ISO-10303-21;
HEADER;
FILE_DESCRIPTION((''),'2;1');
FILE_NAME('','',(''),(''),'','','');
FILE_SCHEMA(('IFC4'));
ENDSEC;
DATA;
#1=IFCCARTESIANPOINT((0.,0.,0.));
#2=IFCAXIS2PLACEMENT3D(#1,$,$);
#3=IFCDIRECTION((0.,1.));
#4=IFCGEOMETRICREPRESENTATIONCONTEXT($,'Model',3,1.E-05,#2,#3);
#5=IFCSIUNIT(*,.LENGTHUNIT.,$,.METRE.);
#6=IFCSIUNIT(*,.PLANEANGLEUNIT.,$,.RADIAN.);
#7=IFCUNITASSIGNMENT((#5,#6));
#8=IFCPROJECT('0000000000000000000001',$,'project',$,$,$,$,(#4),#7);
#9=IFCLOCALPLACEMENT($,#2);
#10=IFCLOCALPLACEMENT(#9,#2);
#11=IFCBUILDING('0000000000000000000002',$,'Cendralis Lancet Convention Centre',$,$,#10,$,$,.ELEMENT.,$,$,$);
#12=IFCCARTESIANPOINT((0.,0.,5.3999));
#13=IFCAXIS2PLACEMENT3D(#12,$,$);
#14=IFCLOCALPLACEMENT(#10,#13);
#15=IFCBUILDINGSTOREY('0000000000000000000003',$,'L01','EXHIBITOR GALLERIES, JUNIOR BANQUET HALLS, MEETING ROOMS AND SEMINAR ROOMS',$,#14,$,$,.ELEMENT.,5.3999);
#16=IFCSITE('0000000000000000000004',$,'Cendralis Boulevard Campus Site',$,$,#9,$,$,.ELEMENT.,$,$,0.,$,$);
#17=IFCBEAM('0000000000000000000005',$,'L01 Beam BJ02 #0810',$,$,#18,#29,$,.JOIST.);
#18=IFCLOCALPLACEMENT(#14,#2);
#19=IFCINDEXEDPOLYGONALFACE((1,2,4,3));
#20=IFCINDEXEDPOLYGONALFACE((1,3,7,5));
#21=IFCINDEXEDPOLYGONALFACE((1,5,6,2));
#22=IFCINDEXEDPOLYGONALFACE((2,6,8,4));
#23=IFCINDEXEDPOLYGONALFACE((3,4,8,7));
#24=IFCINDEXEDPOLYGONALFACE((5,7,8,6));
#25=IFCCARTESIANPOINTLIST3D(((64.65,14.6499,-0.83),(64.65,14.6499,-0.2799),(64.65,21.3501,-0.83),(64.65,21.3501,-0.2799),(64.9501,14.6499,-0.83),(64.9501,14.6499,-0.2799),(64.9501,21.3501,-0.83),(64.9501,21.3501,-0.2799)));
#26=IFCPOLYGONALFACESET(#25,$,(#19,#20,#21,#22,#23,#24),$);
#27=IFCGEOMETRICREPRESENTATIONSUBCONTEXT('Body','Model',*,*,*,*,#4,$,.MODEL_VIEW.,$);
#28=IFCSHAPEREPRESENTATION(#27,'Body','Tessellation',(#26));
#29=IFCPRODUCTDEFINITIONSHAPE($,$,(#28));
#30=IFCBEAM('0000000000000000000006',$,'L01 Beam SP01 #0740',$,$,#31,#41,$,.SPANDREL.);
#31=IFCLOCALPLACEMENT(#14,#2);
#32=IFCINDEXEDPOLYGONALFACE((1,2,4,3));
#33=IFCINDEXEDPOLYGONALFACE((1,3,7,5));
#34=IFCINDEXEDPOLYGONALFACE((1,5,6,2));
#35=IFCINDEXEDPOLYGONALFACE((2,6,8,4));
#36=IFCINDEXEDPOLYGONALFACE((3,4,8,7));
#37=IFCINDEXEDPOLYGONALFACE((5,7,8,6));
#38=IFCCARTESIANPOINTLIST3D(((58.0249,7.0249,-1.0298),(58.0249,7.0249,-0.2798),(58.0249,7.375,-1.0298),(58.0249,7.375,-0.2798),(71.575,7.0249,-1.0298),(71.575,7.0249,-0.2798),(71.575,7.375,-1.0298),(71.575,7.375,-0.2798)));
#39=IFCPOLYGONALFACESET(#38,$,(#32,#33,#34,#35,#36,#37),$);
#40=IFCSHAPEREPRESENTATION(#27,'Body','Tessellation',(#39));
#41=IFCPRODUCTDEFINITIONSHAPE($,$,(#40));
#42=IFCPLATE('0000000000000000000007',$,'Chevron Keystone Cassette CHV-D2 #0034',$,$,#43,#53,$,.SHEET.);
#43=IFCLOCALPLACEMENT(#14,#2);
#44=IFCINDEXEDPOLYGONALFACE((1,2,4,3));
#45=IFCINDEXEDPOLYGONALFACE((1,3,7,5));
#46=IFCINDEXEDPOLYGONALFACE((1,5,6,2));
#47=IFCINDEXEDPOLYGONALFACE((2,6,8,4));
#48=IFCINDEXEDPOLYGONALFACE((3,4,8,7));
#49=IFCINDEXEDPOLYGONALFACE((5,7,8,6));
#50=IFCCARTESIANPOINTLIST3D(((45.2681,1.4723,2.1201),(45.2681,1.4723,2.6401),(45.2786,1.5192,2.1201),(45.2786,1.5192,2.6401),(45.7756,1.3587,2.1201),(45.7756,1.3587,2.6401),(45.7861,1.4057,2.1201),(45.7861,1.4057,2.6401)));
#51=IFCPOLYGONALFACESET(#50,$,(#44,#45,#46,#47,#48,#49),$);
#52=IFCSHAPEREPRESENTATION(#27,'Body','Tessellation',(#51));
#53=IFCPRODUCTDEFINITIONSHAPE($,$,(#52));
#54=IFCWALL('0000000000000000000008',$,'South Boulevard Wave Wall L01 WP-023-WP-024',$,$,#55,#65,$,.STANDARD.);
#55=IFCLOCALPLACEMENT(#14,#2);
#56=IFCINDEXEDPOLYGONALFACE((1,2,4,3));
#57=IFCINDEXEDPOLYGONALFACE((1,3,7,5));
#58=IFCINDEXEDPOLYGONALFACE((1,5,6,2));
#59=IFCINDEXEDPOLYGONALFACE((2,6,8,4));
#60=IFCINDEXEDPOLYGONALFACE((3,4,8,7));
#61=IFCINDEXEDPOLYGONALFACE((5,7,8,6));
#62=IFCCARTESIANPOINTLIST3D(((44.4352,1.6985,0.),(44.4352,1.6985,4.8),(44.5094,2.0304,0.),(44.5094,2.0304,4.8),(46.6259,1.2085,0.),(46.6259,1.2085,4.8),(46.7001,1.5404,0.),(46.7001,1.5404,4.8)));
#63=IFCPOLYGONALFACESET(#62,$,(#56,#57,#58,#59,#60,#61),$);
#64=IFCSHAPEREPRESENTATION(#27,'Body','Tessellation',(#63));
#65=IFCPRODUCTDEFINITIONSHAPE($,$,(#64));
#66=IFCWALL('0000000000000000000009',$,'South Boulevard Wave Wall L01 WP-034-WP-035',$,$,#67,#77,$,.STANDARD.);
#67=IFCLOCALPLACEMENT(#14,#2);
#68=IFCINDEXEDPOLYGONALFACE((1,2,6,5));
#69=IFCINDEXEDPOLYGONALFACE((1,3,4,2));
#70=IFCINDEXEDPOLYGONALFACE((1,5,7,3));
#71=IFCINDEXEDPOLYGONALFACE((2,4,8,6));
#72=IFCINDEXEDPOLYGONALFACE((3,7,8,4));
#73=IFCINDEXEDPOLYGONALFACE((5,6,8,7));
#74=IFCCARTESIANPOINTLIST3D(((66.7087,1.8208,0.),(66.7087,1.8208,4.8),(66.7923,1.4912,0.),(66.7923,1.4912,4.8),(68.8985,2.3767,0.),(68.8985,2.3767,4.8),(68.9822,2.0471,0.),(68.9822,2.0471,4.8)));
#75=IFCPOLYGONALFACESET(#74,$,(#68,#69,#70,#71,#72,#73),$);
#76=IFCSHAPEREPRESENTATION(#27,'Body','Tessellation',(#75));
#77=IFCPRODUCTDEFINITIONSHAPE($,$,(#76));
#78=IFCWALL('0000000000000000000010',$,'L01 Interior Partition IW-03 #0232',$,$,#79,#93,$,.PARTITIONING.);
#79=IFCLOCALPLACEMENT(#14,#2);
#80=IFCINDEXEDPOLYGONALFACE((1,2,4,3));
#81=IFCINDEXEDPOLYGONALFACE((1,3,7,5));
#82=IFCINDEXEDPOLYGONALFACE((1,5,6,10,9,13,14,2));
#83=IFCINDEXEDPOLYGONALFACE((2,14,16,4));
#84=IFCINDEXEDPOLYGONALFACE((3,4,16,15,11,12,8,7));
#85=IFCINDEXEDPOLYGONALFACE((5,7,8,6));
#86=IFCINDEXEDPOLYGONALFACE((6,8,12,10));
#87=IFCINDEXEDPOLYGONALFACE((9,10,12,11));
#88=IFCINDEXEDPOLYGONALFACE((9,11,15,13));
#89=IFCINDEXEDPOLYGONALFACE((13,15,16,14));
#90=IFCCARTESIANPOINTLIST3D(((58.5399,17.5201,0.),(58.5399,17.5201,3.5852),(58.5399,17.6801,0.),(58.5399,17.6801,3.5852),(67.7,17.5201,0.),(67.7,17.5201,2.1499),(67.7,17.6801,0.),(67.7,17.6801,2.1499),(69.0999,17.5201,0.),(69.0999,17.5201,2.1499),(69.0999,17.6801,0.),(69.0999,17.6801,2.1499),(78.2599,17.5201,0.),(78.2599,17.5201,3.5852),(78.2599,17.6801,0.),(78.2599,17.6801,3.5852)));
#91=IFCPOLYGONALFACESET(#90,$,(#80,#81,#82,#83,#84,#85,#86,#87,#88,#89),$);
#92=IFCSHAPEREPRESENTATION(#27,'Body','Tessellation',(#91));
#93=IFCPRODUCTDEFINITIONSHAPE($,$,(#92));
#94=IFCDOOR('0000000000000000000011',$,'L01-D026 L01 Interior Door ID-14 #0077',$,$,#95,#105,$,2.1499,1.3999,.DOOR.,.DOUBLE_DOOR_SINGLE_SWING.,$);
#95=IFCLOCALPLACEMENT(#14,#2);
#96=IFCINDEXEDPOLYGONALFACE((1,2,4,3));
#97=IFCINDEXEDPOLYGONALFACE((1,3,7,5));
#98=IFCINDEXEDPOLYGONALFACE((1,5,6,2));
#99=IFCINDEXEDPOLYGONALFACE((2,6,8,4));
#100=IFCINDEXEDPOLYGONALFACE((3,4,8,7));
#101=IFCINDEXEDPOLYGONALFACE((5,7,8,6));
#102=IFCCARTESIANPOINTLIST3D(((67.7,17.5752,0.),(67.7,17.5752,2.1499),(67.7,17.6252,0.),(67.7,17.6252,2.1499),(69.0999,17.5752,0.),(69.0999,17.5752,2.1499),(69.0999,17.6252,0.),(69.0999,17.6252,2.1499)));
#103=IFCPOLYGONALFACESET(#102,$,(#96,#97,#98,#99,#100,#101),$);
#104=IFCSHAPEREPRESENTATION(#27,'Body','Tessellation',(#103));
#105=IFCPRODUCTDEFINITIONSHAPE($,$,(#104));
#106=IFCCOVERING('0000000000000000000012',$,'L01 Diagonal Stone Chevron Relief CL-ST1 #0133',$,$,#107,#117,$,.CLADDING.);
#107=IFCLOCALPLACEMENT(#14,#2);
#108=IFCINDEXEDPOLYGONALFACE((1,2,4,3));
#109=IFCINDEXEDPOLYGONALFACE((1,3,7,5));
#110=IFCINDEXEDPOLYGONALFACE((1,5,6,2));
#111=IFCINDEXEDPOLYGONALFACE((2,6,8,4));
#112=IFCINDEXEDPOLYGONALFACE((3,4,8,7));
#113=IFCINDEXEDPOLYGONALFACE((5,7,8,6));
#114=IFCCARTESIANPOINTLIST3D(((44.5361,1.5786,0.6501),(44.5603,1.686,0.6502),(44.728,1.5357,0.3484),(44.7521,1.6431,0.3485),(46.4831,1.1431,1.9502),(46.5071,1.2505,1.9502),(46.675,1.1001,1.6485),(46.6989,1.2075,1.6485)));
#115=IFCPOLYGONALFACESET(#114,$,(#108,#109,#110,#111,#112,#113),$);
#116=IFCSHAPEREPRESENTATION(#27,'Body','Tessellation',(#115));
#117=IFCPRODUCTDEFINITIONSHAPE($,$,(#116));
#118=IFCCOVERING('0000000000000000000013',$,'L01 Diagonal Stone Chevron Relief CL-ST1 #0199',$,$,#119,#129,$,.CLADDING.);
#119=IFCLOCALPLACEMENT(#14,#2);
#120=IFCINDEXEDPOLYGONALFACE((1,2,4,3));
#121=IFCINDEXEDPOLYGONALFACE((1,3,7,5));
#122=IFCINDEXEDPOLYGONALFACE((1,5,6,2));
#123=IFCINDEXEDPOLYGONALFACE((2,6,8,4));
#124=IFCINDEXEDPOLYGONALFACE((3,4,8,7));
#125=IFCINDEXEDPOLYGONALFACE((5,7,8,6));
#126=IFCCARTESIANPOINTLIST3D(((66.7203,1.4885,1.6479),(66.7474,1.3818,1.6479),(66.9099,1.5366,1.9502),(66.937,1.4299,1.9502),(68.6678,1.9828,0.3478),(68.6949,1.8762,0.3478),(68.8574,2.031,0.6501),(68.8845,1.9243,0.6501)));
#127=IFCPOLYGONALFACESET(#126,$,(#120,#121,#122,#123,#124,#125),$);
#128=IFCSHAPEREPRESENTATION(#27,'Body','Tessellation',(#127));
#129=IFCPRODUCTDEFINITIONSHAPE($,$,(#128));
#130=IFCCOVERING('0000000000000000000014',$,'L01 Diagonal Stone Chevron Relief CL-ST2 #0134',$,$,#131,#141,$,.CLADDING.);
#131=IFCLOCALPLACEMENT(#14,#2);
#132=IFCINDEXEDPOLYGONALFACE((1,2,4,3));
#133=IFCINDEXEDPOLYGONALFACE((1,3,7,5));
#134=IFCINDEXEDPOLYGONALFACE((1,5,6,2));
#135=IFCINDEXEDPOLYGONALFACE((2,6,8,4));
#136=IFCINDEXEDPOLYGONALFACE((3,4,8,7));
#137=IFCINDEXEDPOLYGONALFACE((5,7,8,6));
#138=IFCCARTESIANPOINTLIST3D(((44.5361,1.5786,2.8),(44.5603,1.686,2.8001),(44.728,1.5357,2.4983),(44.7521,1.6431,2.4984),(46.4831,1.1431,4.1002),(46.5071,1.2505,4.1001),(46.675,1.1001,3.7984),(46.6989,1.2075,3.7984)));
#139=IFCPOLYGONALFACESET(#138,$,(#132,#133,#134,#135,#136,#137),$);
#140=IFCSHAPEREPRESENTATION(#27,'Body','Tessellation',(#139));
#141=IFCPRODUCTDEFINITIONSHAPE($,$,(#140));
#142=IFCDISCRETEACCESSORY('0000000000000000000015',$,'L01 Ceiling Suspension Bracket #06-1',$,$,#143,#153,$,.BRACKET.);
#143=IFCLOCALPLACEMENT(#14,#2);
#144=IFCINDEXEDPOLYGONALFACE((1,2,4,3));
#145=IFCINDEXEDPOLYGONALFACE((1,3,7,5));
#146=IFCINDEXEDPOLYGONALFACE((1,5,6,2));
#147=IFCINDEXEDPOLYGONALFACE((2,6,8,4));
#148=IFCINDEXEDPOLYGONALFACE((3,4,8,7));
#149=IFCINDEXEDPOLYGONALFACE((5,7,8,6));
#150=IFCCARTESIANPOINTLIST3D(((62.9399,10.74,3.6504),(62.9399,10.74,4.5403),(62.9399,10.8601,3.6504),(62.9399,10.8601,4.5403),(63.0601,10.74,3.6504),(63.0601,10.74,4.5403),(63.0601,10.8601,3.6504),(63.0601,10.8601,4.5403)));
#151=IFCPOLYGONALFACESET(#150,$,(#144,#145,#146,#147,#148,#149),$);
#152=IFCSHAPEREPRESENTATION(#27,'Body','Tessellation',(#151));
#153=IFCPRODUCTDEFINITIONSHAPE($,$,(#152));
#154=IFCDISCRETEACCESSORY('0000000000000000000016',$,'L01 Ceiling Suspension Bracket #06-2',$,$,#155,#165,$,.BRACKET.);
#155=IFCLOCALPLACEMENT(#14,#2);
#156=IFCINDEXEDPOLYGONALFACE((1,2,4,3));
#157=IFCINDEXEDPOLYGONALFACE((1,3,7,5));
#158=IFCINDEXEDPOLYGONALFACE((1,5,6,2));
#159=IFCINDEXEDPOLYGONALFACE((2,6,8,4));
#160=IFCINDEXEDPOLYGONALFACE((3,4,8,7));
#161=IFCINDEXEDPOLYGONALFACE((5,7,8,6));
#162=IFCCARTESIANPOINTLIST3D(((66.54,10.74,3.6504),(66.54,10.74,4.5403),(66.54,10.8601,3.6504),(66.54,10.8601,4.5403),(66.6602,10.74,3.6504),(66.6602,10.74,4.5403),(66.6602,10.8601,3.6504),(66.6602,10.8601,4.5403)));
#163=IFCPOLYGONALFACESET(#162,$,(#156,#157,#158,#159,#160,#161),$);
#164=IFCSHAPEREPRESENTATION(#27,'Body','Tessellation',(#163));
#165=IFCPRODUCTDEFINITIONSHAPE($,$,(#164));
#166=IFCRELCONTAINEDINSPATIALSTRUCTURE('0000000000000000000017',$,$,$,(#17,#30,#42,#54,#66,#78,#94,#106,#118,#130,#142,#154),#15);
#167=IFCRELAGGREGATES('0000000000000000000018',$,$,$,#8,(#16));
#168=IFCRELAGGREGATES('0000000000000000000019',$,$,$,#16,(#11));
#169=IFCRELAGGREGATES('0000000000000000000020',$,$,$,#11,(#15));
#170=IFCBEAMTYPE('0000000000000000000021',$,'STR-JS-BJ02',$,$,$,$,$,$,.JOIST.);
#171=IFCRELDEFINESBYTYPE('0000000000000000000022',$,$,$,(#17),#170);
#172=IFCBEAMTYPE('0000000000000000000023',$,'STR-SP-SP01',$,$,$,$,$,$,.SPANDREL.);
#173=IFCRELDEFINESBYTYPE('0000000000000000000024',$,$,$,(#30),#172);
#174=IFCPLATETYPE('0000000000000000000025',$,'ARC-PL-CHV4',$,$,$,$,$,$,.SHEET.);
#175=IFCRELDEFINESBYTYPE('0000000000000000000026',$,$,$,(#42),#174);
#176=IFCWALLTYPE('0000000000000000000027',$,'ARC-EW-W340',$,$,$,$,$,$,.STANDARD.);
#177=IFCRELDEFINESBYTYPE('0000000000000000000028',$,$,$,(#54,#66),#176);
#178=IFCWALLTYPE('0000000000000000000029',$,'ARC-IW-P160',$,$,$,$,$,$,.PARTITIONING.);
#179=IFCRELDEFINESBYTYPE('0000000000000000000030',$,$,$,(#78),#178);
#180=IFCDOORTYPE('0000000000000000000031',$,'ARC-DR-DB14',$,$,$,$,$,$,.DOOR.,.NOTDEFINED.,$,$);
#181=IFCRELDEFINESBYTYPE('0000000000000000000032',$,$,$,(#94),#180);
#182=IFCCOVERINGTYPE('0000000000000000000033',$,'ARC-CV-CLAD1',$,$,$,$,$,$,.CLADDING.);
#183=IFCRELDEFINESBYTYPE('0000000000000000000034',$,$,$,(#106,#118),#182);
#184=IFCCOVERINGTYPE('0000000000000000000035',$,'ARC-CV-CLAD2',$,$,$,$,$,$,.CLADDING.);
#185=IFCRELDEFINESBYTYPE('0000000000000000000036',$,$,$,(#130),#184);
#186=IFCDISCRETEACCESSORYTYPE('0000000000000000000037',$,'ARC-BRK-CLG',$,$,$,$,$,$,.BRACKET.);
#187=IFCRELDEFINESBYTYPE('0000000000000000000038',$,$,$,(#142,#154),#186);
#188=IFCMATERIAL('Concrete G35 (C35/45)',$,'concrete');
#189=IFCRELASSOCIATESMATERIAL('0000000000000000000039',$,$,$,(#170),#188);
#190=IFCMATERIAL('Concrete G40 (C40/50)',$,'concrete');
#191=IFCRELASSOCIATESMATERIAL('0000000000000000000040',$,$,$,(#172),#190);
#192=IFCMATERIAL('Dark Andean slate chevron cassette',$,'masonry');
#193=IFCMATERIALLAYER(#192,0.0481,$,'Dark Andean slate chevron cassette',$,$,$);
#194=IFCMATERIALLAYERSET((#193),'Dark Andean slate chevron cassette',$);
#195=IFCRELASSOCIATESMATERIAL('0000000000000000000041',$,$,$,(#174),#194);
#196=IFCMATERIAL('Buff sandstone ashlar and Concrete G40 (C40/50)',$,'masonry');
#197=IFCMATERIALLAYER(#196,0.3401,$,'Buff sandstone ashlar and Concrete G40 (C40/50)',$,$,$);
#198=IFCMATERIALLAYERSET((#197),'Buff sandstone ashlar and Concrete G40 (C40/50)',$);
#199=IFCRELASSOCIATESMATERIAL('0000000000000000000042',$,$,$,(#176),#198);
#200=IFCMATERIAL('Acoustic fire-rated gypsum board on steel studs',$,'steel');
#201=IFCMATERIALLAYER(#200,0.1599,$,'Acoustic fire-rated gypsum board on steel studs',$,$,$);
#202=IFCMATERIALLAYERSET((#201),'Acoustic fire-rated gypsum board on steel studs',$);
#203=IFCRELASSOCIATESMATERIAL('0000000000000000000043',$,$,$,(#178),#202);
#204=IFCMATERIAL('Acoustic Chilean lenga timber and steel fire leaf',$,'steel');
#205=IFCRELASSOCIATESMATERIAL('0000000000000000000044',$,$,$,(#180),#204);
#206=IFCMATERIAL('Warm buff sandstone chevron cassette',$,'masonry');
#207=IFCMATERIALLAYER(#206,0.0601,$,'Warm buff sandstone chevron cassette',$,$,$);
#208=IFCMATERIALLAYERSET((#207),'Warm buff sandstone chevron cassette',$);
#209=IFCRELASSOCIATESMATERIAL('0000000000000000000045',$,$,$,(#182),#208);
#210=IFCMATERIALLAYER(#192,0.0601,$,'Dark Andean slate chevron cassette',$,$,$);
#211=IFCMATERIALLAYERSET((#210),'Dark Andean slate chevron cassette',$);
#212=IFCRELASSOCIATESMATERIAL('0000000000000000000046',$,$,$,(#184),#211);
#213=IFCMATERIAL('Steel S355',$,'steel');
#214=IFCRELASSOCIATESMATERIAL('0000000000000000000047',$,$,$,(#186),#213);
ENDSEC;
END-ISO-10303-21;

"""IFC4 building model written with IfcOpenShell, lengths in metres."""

from ifc_helpers import new_model, si_unit, direction, frame, frame_2d, origin, origin_2d, place, context, subcontext, project, spatial, polyline, rectangle, outline, extrude, material, layer, layer_set, material_profile, profile_set, type_object, element, fill, save


model = new_model("IFC4")

# Units and contexts
model_context = context("Model", 3, precision=1e-05, world=origin(), true_north=direction((0.0, 1.0)))
body_context = subcontext(model_context, "Body", "Model", "MODEL_VIEW")
ifc_project = project(units=[si_unit("LENGTHUNIT", "METRE"), si_unit("PLANEANGLEUNIT", "RADIAN")], contexts=[model_context])

# Site, building, storey
site_placement = place(None, origin())
site = spatial("IfcSite", under=ifc_project, at=site_placement, Name="Cendralis Boulevard Campus Site", CompositionType="ELEMENT", RefElevation=0.0)
building_placement = place(site_placement, origin())
building = spatial("IfcBuilding", under=site, at=building_placement, Name="Cendralis Lancet Convention Centre", CompositionType="ELEMENT")
storey_placement = place(building_placement, frame((0.0, 0.0, 5.3999)))
storey = spatial("IfcBuildingStorey", under=building, at=storey_placement, Name="L01", Description="EXHIBITOR GALLERIES, JUNIOR BANQUET HALLS, MEETING ROOMS AND SEMINAR ROOMS", CompositionType="ELEMENT", Elevation=5.3999)

# Shared definitions
ifc_material_1 = material(Name="Steel S355", Category="steel")

# Beams
ifc_material_2 = material(Name="Concrete G40 (C40/50)", Category="concrete")
ifc_material_3 = material(Name="Concrete G35 (C35/45)", Category="concrete")
ifc_material_profile_1 = material_profile(ifc_material_3, rectangle(XDim=0.3, YDim=0.55, at=origin_2d()), Name="RCB 300x550")
ifc_profile_set_1 = profile_set([ifc_material_profile_1], Name="Concrete G35 (C35/45)")
beam_type_1 = type_object("IfcBeamType", Name="STR-JS-BJ02", PredefinedType="JOIST", material=ifc_profile_set_1)
beam_1_placement = place(storey_placement, frame((64.8, 14.6499, -0.5549), z_axis=(0.0, 1.0, 0.0), x_axis=(-1.0, 0.0, 0.0)))
element("IfcBeam", 1, at=beam_1_placement, inside=storey, type_object=beam_type_1, Name="L01 Beam BJ02 #0810", PredefinedType="JOIST", context=body_context, shape_type="SweptSolid", body=[
    extrude(rectangle(XDim=0.3, YDim=0.55, at=origin_2d()), origin(), (0.0, 0.0, 1.0), 6.7002),
])
ifc_material_profile_2 = material_profile(ifc_material_2, rectangle(XDim=0.3501, YDim=0.75, at=origin_2d()), Name="RCB 350x750")
ifc_profile_set_2 = profile_set([ifc_material_profile_2], Name="Concrete G40 (C40/50)")
beam_type_2 = type_object("IfcBeamType", Name="STR-SP-SP01", PredefinedType="SPANDREL", material=ifc_profile_set_2)
beam_2_placement = place(storey_placement, frame((58.0249, 7.2, -0.6548), z_axis=(1.0, 0.0, 0.0), x_axis=(0.0, 1.0, 0.0)))
element("IfcBeam", 2, at=beam_2_placement, inside=storey, type_object=beam_type_2, Name="L01 Beam SP01 #0740", PredefinedType="SPANDREL", context=body_context, shape_type="SweptSolid", body=[
    extrude(rectangle(XDim=0.3501, YDim=0.75, at=origin_2d()), origin(), (0.0, 0.0, 1.0), 13.55),
])

# Plate
ifc_material_4 = material(Name="Dark Andean slate chevron cassette", Category="masonry")
ifc_layer_1 = layer(ifc_material_4, 0.0481, Name="Dark Andean slate chevron cassette")
ifc_layer_set_1 = layer_set([ifc_layer_1], Name="Dark Andean slate chevron cassette")
plate_type = type_object("IfcPlateType", Name="ARC-PL-CHV4", PredefinedType="SHEET", material=ifc_layer_set_1)
plate_placement = place(storey_placement, frame((45.5271, 1.439, 2.1201), z_axis=(0.0, 0.0, 1.0), x_axis=(0.975879, -0.218314, 0.0)))
element("IfcPlate", 3, at=plate_placement, inside=storey, type_object=plate_type, Name="Chevron Keystone Cassette CHV-D2 #0034", PredefinedType="SHEET", context=body_context, shape_type="SweptSolid", body=[
    extrude(rectangle(XDim=0.52, YDim=0.0481, at=origin_2d()), origin(), (0.0, 0.0, 1.0), 0.52),
])

# Walls
ifc_material_5 = material(Name="Buff sandstone ashlar and Concrete G40 (C40/50)", Category="masonry")
ifc_layer_2 = layer(ifc_material_5, 0.3401, Name="Buff sandstone ashlar and Concrete G40 (C40/50)")
ifc_layer_set_2 = layer_set([ifc_layer_2], Name="Buff sandstone ashlar and Concrete G40 (C40/50)")
wall_type_1 = type_object("IfcWallType", Name="ARC-EW-W340", PredefinedType="STANDARD", material=ifc_layer_set_2)
wall_1_placement = place(storey_placement, frame((44.4722, 1.8645, 0.0), z_axis=(0.0, 0.0, 1.0), x_axis=(0.975887, -0.218278, 0.0)))
element("IfcWall", 4, at=wall_1_placement, inside=storey, type_object=wall_type_1, Name="South Boulevard Wave Wall L01 WP-023-WP-024", PredefinedType="STANDARD", context=body_context, shape_type="SweptSolid", body=[
    extrude(rectangle(XDim=2.2449, YDim=0.3401, at=frame_2d((1.1226, 0.0))), origin(), (0.0, 0.0, 1.0), 4.8),
])
wall_2_placement = place(storey_placement, frame((66.7505, 1.656, 0.0), z_axis=(0.0, 0.0, 1.0), x_axis=(0.969259, 0.246043, 0.0)))
element("IfcWall", 5, at=wall_2_placement, inside=storey, type_object=wall_type_1, Name="South Boulevard Wave Wall L01 WP-034-WP-035", PredefinedType="STANDARD", context=body_context, shape_type="SweptSolid", body=[
    extrude(rectangle(XDim=2.2593, YDim=0.3401, at=frame_2d((1.1296, 0.0))), origin(), (0.0, 0.0, 1.0), 4.8),
])

# Wall, opening, door
ifc_material_6 = material(Name="Acoustic fire-rated gypsum board on steel studs", Category="steel")
ifc_layer_3 = layer(ifc_material_6, 0.1599, Name="Acoustic fire-rated gypsum board on steel studs")
ifc_layer_set_3 = layer_set([ifc_layer_3], Name="Acoustic fire-rated gypsum board on steel studs")
wall_type_2 = type_object("IfcWallType", Name="ARC-IW-P160", PredefinedType="PARTITIONING", material=ifc_layer_set_3)
wall_3_placement = place(storey_placement, frame((58.54, 17.6001, 0.0), z_axis=(0.0, 0.0, 1.0), x_axis=(1.0, 0.0, 0.0)))
wall_3 = element("IfcWall", 6, at=wall_3_placement, inside=storey, type_object=wall_type_2, Name="L01 Interior Partition IW-03 #0232", PredefinedType="PARTITIONING", context=body_context, shape_type="SweptSolid", body=[
    extrude(rectangle(XDim=19.72, YDim=0.1599, at=frame_2d((9.8599, 0.0))), origin(), (0.0, 0.0, 1.0), 3.5852),
])
opening_placement = place(wall_3_placement, frame((9.1599, 0.0, 0.0)))
opening = element("IfcOpeningElement", 7, at=opening_placement, cuts=wall_3, PredefinedType="OPENING", context=body_context, shape_type="SweptSolid", body=[
    extrude(rectangle(XDim=1.3999, YDim=2.1499, at=frame_2d((0.7, 1.075))), frame((0.0, 0.0898, 0.0), z_axis=(0.0, -1.0, 0.0), x_axis=(1.0, 0.0, 0.0)), (0.0, 0.0, 1.0), 0.1799),
])
ifc_material_7 = material(Name="Acoustic Chilean lenga timber and steel fire leaf", Category="steel")
door_type = type_object("IfcDoorType", Name="ARC-DR-DB14", OperationType="NOTDEFINED", PredefinedType="DOOR", material=ifc_material_7)
door_placement = place(opening_placement, frame((1.3999, 0.0, 0.0), z_axis=(0.0, 0.0, 1.0), x_axis=(-1.0, 0.0, 0.0)))
door = element("IfcDoor", 8, at=door_placement, inside=storey, type_object=door_type, Name="L01-D026 L01 Interior Door ID-14 #0077", OperationType="DOUBLE_DOOR_SINGLE_SWING", OverallHeight=2.1499, OverallWidth=1.3999, PredefinedType="DOOR", context=body_context, shape_type="SweptSolid", body=[
    extrude(rectangle(XDim=1.3999, YDim=2.1499, at=frame_2d((0.7, 1.075))), frame((0.0, 0.0249, 0.0), z_axis=(0.0, -1.0, 0.0), x_axis=(1.0, 0.0, 0.0)), (0.0, 0.0, 1.0), 0.05),
])
fill(opening, door)

# Coverings
ifc_material_8 = material(Name="Warm buff sandstone chevron cassette", Category="masonry")
ifc_layer_4 = layer(ifc_material_8, 0.0601, Name="Warm buff sandstone chevron cassette")
ifc_layer_set_4 = layer_set([ifc_layer_4], Name="Warm buff sandstone chevron cassette")
covering_type_1 = type_object("IfcCoveringType", Name="ARC-CV-CLAD1", PredefinedType="CLADDING", material=ifc_layer_set_4)
covering_1_placement = place(storey_placement, frame((44.5361, 1.5786, 0.6501), z_axis=(-0.532771, 0.119268, 0.837813), x_axis=(0.817606, -0.182898, 0.545957)))
element("IfcCovering", 9, at=covering_1_placement, inside=storey, type_object=covering_type_1, Name="L01 Diagonal Stone Chevron Relief CL-ST1 #0133", PredefinedType="CLADDING", context=body_context, shape_type="SweptSolid", body=[
    extrude(outline(polyline([(0.0, 0.0), (2.3813, 0.0), (2.3812, 0.1101), (0.0001, 0.1101), (0.0, 0.0)])), origin(), (0.0, 0.0, -1.0), 0.3601),
])
covering_2_placement = place(storey_placement, frame((66.937, 1.4299, 1.9502), z_axis=(0.52651, 0.133736, 0.839584), x_axis=(0.813773, 0.20658, -0.543229)))
element("IfcCovering", 10, at=covering_2_placement, inside=storey, type_object=covering_type_1, Name="L01 Diagonal Stone Chevron Relief CL-ST1 #0199", PredefinedType="CLADDING", context=body_context, shape_type="SweptSolid", body=[
    extrude(outline(polyline([(0.0, 0.0), (2.3932, 0.0), (2.3932, 0.1101), (0.0, 0.1101), (0.0, 0.0)])), origin(), (0.0, 0.0, -1.0), 0.3601),
])
ifc_layer_5 = layer(ifc_material_4, 0.0601, Name="Dark Andean slate chevron cassette")
ifc_layer_set_5 = layer_set([ifc_layer_5], Name="Dark Andean slate chevron cassette")
covering_type_2 = type_object("IfcCoveringType", Name="ARC-CV-CLAD2", PredefinedType="CLADDING", material=ifc_layer_set_5)
covering_3_placement = place(storey_placement, frame((44.5361, 1.5786, 2.8), z_axis=(-0.532771, 0.119268, 0.837813), x_axis=(0.817606, -0.182898, 0.545957)))
element("IfcCovering", 11, at=covering_3_placement, inside=storey, type_object=covering_type_2, Name="L01 Diagonal Stone Chevron Relief CL-ST2 #0134", PredefinedType="CLADDING", context=body_context, shape_type="SweptSolid", body=[
    extrude(outline(polyline([(0.0, 0.0), (2.3813, 0.0), (2.3812, 0.1101), (0.0001, 0.1101), (0.0, 0.0)])), origin(), (0.0, 0.0, -1.0), 0.3601),
])

# Discrete accessories
discrete_accessory_type = type_object("IfcDiscreteAccessoryType", Name="ARC-BRK-CLG", PredefinedType="BRACKET", material=ifc_material_1)
for number, where, z_axis, x_axis, name in (
    (12, (63.0, 10.8, 3.6504), (0.0, 0.0, 1.0), (1.0, 0.0, 0.0), "L01 Ceiling Suspension Bracket #06-1"),
    (13, (66.6001, 10.8, 3.6504), (0.0, 0.0, 1.0), (1.0, 0.0, 0.0), "L01 Ceiling Suspension Bracket #06-2"),
):
    element("IfcDiscreteAccessory", number, at=place(storey_placement, frame(where, z_axis=z_axis, x_axis=x_axis)), inside=storey, type_object=discrete_accessory_type, Name=name, PredefinedType="BRACKET", context=body_context, shape_type="SweptSolid", body=[
        extrude(rectangle(XDim=0.1201, YDim=0.1201, at=origin_2d()), origin(), (0.0, 0.0, 1.0), 0.8899),
    ])

save(model, "model.ifc")
